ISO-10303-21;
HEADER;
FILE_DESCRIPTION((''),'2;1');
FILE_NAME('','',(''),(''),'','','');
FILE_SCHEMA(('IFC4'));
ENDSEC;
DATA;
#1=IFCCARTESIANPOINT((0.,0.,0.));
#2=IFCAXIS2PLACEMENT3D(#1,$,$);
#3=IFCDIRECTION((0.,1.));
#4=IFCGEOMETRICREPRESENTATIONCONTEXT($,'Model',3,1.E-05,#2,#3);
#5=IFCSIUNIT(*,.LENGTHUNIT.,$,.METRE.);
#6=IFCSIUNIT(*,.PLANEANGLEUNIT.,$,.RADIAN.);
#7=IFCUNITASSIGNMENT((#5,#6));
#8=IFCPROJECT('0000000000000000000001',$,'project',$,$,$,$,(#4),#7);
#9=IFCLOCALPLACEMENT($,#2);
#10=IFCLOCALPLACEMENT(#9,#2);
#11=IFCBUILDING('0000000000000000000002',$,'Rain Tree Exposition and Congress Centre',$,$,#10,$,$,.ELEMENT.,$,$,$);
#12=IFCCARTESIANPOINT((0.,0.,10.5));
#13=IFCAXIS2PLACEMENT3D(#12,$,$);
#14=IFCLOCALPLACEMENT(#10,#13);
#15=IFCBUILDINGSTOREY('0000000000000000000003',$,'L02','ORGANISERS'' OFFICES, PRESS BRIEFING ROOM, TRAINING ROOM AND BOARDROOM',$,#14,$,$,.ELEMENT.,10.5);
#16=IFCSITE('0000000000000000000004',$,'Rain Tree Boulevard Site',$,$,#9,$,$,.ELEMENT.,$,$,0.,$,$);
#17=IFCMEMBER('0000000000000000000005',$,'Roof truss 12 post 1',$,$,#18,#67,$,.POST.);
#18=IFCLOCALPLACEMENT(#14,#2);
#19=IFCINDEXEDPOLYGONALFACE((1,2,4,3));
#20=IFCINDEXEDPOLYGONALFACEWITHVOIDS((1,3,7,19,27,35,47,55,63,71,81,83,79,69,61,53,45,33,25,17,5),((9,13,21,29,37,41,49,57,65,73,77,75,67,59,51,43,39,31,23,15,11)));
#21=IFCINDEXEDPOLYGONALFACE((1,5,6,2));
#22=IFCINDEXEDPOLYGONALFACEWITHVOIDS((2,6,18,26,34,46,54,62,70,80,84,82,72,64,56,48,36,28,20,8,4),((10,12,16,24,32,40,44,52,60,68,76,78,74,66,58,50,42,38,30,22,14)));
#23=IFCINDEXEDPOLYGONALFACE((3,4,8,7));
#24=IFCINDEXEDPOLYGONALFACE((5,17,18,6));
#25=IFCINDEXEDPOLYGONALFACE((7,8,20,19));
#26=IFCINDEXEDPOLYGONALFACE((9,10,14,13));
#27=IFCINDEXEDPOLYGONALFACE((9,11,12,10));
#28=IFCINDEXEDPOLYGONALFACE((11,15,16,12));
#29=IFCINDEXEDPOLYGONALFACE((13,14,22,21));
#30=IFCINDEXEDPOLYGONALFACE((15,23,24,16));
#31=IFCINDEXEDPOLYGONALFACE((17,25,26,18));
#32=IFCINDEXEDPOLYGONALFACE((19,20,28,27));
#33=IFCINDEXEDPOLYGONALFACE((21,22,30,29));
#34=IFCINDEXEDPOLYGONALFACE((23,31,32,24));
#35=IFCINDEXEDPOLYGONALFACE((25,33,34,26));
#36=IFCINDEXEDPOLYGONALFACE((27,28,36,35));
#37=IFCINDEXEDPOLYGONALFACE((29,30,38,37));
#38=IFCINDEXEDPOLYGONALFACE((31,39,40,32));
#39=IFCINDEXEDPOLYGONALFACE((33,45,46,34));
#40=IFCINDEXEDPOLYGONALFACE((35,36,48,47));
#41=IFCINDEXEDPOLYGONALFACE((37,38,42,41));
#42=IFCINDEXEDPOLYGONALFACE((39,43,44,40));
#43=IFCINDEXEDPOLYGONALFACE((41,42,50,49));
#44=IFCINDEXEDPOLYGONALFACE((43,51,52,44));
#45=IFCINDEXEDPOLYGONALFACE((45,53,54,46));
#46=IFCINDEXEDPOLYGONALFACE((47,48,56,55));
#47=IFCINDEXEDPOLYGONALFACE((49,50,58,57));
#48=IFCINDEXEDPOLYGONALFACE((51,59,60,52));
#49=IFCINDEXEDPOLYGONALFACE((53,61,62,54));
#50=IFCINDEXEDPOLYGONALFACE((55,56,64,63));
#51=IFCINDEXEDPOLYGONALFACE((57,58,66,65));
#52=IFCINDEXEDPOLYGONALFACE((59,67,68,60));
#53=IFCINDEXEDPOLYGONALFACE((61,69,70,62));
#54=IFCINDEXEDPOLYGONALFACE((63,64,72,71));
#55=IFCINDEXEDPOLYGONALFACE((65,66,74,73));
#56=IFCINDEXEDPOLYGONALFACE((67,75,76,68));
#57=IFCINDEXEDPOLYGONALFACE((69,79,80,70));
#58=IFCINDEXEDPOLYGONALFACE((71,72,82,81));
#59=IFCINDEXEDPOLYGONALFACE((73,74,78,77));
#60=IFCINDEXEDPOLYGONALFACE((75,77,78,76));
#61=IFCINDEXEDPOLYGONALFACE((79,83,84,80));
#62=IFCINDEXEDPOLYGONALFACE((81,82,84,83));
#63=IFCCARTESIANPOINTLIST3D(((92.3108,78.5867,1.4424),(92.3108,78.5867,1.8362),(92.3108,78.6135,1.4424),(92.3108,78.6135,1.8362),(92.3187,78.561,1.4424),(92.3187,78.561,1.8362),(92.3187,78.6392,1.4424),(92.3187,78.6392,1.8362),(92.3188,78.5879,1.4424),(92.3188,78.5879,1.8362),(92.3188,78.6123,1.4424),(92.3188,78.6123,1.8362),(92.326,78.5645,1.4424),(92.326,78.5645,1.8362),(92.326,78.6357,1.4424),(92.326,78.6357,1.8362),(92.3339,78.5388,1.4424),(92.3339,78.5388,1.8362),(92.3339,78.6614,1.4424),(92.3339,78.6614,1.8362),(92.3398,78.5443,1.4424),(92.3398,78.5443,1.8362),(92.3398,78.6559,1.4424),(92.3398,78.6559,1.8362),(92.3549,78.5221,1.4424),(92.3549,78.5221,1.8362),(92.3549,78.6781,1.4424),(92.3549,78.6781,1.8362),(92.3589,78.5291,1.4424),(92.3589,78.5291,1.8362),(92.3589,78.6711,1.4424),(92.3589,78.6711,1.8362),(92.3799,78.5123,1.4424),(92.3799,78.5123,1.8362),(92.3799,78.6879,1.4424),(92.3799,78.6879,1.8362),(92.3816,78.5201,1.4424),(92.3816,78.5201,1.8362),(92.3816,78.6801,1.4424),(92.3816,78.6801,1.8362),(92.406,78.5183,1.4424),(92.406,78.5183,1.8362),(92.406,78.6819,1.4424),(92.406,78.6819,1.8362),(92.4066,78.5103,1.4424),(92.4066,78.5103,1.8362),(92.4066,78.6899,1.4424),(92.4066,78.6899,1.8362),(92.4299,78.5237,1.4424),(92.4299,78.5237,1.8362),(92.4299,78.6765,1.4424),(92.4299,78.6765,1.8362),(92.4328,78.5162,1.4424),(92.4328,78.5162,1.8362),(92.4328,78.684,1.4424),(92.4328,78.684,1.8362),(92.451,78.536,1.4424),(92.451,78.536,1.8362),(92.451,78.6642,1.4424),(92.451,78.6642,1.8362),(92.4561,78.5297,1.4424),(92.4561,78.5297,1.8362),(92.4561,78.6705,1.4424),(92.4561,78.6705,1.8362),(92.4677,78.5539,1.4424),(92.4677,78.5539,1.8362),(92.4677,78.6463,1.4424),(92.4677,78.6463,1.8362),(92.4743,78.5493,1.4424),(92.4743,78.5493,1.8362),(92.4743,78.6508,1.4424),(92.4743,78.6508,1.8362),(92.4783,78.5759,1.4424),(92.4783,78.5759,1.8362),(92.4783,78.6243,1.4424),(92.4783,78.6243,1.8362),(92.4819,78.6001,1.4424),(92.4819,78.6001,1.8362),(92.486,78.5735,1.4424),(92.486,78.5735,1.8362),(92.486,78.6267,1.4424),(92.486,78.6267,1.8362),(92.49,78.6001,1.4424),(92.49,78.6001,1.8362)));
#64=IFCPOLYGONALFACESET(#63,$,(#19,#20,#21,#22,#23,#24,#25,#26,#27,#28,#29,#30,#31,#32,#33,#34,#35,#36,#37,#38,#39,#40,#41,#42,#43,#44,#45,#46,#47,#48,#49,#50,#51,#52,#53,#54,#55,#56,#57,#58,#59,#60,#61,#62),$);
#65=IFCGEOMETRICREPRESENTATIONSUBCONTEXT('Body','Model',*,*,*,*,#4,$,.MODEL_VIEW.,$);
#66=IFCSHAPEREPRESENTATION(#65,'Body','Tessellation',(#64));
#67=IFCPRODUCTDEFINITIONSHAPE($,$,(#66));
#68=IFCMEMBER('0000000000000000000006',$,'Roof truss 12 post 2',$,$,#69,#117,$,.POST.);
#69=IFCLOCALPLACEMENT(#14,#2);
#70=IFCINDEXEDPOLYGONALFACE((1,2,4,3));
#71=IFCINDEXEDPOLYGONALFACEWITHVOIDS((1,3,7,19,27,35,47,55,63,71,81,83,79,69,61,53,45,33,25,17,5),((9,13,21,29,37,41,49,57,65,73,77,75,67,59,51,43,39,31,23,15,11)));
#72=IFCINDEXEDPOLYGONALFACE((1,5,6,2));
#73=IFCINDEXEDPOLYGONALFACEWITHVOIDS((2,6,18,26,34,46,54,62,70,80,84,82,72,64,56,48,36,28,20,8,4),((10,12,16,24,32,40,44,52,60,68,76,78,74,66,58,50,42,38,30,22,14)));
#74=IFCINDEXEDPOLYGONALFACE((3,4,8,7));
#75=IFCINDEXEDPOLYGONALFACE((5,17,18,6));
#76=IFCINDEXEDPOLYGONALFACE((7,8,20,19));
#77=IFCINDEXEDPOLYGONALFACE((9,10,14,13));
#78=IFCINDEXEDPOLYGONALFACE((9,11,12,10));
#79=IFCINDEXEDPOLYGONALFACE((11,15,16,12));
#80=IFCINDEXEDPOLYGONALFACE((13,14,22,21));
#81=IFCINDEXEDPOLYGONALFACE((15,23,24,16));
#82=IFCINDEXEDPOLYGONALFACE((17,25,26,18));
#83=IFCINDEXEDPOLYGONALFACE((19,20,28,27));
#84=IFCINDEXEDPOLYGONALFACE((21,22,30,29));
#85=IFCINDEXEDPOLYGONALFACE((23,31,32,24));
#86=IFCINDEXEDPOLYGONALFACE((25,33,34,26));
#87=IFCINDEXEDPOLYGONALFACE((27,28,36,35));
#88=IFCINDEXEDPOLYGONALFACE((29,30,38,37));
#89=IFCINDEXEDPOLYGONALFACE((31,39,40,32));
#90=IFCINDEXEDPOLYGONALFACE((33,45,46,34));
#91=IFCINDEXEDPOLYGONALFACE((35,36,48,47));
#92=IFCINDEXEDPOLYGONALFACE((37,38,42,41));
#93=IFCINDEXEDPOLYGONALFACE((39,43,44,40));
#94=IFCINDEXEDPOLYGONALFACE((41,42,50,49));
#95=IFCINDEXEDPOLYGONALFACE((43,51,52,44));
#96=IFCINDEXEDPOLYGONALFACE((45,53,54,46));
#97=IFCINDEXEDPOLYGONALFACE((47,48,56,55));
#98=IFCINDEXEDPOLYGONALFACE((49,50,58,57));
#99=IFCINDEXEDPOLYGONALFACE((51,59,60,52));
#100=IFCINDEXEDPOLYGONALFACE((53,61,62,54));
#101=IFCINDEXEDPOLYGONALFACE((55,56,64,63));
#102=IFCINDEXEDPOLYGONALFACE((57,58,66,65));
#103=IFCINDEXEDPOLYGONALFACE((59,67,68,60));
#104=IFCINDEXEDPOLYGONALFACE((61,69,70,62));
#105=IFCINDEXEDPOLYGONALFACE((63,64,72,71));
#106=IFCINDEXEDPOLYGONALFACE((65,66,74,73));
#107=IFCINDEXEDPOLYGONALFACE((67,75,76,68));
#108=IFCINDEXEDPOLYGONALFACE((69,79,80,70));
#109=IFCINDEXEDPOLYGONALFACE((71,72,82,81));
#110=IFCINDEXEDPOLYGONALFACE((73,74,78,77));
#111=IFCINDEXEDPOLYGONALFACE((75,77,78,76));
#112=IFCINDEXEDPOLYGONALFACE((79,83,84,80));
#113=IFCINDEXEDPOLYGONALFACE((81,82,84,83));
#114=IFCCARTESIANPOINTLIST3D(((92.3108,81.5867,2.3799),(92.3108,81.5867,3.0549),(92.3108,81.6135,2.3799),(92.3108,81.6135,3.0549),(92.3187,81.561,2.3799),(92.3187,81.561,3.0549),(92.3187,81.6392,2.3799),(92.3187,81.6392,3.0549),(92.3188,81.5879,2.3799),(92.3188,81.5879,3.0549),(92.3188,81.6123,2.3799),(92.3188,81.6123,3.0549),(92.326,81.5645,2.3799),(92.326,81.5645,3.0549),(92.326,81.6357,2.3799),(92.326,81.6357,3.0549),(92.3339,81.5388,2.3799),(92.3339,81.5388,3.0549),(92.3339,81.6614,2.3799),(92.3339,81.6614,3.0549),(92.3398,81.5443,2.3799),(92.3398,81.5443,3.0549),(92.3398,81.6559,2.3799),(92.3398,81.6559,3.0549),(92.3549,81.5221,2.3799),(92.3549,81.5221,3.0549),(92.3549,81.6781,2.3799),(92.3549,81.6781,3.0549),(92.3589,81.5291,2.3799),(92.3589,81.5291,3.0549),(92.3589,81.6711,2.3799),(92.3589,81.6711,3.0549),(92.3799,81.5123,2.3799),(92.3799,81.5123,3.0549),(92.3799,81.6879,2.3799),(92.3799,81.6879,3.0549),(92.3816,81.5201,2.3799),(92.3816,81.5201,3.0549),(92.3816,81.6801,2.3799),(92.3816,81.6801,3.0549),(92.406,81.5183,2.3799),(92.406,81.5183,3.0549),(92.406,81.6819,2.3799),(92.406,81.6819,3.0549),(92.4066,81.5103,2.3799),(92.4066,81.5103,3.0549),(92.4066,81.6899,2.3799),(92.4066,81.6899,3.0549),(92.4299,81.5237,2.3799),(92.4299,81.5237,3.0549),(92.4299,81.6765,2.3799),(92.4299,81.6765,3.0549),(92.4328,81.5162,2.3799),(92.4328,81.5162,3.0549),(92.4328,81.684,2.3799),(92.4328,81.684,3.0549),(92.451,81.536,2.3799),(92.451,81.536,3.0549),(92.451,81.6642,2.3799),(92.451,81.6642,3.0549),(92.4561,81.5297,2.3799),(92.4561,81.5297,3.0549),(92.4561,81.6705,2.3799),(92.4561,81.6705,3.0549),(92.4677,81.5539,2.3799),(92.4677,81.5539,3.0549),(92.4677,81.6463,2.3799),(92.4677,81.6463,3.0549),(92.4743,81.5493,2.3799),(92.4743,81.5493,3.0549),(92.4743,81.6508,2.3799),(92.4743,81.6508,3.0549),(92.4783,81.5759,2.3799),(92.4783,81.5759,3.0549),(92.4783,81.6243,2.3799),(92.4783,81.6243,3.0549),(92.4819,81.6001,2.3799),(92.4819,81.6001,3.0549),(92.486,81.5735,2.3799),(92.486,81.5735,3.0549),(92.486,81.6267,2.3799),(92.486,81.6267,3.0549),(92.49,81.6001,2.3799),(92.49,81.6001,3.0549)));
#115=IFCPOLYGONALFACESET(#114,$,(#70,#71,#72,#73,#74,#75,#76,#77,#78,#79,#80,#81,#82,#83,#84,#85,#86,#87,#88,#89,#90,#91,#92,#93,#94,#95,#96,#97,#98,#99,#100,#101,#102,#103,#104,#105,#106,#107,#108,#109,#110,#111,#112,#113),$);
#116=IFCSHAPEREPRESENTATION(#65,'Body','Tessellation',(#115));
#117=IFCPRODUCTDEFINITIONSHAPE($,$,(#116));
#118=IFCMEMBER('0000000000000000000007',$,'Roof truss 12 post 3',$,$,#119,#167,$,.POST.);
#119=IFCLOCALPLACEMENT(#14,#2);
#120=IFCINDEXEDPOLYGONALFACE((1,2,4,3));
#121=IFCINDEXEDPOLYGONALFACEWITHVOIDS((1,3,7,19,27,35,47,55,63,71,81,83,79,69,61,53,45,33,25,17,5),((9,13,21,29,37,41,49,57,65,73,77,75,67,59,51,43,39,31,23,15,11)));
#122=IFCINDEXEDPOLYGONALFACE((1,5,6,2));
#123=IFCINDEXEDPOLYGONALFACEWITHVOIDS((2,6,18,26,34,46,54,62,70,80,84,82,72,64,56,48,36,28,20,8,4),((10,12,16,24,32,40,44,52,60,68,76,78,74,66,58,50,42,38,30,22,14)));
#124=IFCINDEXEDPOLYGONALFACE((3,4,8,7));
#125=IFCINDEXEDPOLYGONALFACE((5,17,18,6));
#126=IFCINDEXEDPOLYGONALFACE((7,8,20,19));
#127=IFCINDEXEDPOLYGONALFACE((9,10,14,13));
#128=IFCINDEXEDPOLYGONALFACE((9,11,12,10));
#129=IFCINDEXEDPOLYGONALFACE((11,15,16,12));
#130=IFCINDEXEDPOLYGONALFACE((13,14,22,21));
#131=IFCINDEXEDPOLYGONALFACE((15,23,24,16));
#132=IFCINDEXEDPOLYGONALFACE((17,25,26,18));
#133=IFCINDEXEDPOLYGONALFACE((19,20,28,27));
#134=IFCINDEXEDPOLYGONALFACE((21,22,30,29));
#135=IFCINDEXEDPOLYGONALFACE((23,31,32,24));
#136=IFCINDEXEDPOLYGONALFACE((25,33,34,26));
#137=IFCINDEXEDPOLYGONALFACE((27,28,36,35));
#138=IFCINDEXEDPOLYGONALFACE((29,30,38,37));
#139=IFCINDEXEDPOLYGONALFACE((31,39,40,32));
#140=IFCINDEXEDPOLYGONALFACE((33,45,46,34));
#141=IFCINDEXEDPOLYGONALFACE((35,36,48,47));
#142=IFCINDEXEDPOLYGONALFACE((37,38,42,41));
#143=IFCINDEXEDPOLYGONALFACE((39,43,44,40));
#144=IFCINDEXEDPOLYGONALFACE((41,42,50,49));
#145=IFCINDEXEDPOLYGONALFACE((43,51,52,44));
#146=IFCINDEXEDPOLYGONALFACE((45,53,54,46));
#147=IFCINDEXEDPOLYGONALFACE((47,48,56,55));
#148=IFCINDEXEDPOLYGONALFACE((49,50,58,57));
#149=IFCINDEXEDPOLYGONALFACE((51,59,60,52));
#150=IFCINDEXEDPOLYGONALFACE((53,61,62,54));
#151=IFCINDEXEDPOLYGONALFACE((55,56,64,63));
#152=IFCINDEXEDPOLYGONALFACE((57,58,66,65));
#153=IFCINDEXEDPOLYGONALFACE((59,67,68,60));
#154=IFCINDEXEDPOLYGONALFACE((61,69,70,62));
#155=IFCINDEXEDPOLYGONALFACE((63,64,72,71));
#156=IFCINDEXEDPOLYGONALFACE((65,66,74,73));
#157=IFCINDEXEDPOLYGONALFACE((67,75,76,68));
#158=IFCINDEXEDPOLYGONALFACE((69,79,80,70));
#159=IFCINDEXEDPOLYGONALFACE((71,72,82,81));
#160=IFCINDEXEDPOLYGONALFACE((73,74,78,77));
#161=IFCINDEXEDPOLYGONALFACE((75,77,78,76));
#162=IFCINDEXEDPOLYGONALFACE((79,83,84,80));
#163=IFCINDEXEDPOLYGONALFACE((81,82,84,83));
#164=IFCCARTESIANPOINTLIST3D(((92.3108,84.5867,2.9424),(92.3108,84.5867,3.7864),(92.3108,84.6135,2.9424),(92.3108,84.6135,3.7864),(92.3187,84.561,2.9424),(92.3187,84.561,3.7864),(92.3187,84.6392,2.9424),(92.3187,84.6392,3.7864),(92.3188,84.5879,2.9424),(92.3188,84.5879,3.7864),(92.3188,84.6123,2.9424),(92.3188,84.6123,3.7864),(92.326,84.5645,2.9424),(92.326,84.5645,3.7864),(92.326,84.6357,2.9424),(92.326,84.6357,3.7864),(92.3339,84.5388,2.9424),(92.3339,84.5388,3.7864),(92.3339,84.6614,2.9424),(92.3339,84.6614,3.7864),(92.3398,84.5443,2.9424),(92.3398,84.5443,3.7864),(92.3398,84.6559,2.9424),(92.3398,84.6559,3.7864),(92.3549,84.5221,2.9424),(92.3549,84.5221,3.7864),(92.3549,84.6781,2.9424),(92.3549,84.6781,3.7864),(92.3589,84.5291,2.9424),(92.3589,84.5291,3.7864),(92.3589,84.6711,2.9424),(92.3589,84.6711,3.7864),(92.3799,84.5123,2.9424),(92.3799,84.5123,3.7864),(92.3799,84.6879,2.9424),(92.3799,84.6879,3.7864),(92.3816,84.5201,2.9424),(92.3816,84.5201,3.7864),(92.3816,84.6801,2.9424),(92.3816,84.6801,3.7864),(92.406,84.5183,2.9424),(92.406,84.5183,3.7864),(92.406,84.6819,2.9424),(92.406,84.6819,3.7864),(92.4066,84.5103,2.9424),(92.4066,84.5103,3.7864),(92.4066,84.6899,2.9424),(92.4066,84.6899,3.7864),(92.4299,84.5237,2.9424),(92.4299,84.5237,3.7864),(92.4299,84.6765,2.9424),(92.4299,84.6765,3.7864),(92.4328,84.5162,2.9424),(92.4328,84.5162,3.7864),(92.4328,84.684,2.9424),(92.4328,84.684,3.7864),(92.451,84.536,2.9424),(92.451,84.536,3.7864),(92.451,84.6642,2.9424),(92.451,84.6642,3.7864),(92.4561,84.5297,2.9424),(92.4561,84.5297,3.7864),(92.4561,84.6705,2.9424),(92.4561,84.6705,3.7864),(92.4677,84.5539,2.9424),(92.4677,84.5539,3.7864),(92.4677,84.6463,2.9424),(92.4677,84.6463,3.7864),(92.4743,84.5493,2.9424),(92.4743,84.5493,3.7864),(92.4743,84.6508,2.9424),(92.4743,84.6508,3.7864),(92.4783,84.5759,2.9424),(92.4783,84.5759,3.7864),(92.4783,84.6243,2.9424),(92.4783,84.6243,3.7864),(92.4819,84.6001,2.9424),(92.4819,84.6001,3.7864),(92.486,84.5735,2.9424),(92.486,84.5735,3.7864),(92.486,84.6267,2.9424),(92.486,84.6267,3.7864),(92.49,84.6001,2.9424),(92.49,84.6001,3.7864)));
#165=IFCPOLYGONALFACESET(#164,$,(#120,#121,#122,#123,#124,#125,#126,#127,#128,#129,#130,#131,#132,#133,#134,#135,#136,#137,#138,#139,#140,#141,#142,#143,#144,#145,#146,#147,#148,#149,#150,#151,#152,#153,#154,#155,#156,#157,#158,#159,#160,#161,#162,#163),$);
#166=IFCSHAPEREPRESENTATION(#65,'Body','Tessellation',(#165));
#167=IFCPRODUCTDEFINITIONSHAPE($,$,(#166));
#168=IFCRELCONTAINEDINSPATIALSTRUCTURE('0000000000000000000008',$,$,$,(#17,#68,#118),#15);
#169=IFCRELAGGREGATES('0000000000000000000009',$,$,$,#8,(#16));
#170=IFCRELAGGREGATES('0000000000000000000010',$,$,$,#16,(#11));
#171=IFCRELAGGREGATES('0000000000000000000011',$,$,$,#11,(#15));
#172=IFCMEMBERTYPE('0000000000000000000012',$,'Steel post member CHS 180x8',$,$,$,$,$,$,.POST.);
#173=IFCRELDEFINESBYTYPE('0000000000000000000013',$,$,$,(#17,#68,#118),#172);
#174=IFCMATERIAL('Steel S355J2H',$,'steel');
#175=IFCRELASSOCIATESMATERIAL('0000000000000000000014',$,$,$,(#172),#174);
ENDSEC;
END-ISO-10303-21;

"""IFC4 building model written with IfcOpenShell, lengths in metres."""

from ifc_helpers import new_model, si_unit, direction, frame, origin, origin_2d, place, context, subcontext, project, spatial, hollow_circle, extrude, material, material_profile, profile_set, type_object, element, save


model = new_model("IFC4")

# Units and contexts
model_context = context("Model", 3, precision=1e-05, world=origin(), true_north=direction((0.0, 1.0)))
body_context = subcontext(model_context, "Body", "Model", "MODEL_VIEW")
ifc_project = project(units=[si_unit("LENGTHUNIT", "METRE"), si_unit("PLANEANGLEUNIT", "RADIAN")], contexts=[model_context])

# Site, building, storey
site_placement = place(None, origin())
site = spatial("IfcSite", under=ifc_project, at=site_placement, Name="Rain Tree Boulevard Site", CompositionType="ELEMENT", RefElevation=0.0)
building_placement = place(site_placement, origin())
building = spatial("IfcBuilding", under=site, at=building_placement, Name="Rain Tree Exposition and Congress Centre", CompositionType="ELEMENT")
storey_placement = place(building_placement, frame((0.0, 0.0, 10.5)))
storey = spatial("IfcBuildingStorey", under=building, at=storey_placement, Name="L02", Description="ORGANISERS' OFFICES, PRESS BRIEFING ROOM, TRAINING ROOM AND BOARDROOM", CompositionType="ELEMENT", Elevation=10.5)

# Members
ifc_material_1 = material(Name="Steel S355J2H", Category="steel")
ifc_material_profile_1 = material_profile(ifc_material_1, hollow_circle(Radius=0.0901, WallThickness=0.0081, at=origin_2d()), Name="CHS 180x8")
ifc_profile_set_1 = profile_set([ifc_material_profile_1], Name="Steel S355J2H")
member_type_1 = type_object("IfcMemberType", Name="Steel post member CHS 180x8", PredefinedType="POST", material=ifc_profile_set_1)
member_1_placement = place(storey_placement, frame((92.3999, 78.6001, 1.4424), z_axis=(0.0, 0.0, 1.0), x_axis=(1.0, 0.0, 0.0)))
element("IfcMember", 1, at=member_1_placement, inside=storey, type_object=member_type_1, Name="Roof truss 12 post 1", PredefinedType="POST", context=body_context, shape_type="SweptSolid", body=[
    extrude(hollow_circle(Radius=0.0901, WallThickness=0.0081, at=origin_2d()), origin(), (0.0, 0.0, 1.0), 0.3938),
])
member_2_placement = place(storey_placement, frame((92.3999, 81.6001, 2.3799), z_axis=(0.0, 0.0, 1.0), x_axis=(1.0, 0.0, 0.0)))
element("IfcMember", 2, at=member_2_placement, inside=storey, type_object=member_type_1, Name="Roof truss 12 post 2", PredefinedType="POST", context=body_context, shape_type="SweptSolid", body=[
    extrude(hollow_circle(Radius=0.0901, WallThickness=0.0081, at=origin_2d()), origin(), (0.0, 0.0, 1.0), 0.675),
])
member_3_placement = place(storey_placement, frame((92.3999, 84.6001, 2.9424), z_axis=(0.0, 0.0, 1.0), x_axis=(1.0, 0.0, 0.0)))
element("IfcMember", 3, at=member_3_placement, inside=storey, type_object=member_type_1, Name="Roof truss 12 post 3", PredefinedType="POST", context=body_context, shape_type="SweptSolid", body=[
    extrude(hollow_circle(Radius=0.0901, WallThickness=0.0081, at=origin_2d()), origin(), (0.0, 0.0, 1.0), 0.844),
])

save(model, "model.ifc")
